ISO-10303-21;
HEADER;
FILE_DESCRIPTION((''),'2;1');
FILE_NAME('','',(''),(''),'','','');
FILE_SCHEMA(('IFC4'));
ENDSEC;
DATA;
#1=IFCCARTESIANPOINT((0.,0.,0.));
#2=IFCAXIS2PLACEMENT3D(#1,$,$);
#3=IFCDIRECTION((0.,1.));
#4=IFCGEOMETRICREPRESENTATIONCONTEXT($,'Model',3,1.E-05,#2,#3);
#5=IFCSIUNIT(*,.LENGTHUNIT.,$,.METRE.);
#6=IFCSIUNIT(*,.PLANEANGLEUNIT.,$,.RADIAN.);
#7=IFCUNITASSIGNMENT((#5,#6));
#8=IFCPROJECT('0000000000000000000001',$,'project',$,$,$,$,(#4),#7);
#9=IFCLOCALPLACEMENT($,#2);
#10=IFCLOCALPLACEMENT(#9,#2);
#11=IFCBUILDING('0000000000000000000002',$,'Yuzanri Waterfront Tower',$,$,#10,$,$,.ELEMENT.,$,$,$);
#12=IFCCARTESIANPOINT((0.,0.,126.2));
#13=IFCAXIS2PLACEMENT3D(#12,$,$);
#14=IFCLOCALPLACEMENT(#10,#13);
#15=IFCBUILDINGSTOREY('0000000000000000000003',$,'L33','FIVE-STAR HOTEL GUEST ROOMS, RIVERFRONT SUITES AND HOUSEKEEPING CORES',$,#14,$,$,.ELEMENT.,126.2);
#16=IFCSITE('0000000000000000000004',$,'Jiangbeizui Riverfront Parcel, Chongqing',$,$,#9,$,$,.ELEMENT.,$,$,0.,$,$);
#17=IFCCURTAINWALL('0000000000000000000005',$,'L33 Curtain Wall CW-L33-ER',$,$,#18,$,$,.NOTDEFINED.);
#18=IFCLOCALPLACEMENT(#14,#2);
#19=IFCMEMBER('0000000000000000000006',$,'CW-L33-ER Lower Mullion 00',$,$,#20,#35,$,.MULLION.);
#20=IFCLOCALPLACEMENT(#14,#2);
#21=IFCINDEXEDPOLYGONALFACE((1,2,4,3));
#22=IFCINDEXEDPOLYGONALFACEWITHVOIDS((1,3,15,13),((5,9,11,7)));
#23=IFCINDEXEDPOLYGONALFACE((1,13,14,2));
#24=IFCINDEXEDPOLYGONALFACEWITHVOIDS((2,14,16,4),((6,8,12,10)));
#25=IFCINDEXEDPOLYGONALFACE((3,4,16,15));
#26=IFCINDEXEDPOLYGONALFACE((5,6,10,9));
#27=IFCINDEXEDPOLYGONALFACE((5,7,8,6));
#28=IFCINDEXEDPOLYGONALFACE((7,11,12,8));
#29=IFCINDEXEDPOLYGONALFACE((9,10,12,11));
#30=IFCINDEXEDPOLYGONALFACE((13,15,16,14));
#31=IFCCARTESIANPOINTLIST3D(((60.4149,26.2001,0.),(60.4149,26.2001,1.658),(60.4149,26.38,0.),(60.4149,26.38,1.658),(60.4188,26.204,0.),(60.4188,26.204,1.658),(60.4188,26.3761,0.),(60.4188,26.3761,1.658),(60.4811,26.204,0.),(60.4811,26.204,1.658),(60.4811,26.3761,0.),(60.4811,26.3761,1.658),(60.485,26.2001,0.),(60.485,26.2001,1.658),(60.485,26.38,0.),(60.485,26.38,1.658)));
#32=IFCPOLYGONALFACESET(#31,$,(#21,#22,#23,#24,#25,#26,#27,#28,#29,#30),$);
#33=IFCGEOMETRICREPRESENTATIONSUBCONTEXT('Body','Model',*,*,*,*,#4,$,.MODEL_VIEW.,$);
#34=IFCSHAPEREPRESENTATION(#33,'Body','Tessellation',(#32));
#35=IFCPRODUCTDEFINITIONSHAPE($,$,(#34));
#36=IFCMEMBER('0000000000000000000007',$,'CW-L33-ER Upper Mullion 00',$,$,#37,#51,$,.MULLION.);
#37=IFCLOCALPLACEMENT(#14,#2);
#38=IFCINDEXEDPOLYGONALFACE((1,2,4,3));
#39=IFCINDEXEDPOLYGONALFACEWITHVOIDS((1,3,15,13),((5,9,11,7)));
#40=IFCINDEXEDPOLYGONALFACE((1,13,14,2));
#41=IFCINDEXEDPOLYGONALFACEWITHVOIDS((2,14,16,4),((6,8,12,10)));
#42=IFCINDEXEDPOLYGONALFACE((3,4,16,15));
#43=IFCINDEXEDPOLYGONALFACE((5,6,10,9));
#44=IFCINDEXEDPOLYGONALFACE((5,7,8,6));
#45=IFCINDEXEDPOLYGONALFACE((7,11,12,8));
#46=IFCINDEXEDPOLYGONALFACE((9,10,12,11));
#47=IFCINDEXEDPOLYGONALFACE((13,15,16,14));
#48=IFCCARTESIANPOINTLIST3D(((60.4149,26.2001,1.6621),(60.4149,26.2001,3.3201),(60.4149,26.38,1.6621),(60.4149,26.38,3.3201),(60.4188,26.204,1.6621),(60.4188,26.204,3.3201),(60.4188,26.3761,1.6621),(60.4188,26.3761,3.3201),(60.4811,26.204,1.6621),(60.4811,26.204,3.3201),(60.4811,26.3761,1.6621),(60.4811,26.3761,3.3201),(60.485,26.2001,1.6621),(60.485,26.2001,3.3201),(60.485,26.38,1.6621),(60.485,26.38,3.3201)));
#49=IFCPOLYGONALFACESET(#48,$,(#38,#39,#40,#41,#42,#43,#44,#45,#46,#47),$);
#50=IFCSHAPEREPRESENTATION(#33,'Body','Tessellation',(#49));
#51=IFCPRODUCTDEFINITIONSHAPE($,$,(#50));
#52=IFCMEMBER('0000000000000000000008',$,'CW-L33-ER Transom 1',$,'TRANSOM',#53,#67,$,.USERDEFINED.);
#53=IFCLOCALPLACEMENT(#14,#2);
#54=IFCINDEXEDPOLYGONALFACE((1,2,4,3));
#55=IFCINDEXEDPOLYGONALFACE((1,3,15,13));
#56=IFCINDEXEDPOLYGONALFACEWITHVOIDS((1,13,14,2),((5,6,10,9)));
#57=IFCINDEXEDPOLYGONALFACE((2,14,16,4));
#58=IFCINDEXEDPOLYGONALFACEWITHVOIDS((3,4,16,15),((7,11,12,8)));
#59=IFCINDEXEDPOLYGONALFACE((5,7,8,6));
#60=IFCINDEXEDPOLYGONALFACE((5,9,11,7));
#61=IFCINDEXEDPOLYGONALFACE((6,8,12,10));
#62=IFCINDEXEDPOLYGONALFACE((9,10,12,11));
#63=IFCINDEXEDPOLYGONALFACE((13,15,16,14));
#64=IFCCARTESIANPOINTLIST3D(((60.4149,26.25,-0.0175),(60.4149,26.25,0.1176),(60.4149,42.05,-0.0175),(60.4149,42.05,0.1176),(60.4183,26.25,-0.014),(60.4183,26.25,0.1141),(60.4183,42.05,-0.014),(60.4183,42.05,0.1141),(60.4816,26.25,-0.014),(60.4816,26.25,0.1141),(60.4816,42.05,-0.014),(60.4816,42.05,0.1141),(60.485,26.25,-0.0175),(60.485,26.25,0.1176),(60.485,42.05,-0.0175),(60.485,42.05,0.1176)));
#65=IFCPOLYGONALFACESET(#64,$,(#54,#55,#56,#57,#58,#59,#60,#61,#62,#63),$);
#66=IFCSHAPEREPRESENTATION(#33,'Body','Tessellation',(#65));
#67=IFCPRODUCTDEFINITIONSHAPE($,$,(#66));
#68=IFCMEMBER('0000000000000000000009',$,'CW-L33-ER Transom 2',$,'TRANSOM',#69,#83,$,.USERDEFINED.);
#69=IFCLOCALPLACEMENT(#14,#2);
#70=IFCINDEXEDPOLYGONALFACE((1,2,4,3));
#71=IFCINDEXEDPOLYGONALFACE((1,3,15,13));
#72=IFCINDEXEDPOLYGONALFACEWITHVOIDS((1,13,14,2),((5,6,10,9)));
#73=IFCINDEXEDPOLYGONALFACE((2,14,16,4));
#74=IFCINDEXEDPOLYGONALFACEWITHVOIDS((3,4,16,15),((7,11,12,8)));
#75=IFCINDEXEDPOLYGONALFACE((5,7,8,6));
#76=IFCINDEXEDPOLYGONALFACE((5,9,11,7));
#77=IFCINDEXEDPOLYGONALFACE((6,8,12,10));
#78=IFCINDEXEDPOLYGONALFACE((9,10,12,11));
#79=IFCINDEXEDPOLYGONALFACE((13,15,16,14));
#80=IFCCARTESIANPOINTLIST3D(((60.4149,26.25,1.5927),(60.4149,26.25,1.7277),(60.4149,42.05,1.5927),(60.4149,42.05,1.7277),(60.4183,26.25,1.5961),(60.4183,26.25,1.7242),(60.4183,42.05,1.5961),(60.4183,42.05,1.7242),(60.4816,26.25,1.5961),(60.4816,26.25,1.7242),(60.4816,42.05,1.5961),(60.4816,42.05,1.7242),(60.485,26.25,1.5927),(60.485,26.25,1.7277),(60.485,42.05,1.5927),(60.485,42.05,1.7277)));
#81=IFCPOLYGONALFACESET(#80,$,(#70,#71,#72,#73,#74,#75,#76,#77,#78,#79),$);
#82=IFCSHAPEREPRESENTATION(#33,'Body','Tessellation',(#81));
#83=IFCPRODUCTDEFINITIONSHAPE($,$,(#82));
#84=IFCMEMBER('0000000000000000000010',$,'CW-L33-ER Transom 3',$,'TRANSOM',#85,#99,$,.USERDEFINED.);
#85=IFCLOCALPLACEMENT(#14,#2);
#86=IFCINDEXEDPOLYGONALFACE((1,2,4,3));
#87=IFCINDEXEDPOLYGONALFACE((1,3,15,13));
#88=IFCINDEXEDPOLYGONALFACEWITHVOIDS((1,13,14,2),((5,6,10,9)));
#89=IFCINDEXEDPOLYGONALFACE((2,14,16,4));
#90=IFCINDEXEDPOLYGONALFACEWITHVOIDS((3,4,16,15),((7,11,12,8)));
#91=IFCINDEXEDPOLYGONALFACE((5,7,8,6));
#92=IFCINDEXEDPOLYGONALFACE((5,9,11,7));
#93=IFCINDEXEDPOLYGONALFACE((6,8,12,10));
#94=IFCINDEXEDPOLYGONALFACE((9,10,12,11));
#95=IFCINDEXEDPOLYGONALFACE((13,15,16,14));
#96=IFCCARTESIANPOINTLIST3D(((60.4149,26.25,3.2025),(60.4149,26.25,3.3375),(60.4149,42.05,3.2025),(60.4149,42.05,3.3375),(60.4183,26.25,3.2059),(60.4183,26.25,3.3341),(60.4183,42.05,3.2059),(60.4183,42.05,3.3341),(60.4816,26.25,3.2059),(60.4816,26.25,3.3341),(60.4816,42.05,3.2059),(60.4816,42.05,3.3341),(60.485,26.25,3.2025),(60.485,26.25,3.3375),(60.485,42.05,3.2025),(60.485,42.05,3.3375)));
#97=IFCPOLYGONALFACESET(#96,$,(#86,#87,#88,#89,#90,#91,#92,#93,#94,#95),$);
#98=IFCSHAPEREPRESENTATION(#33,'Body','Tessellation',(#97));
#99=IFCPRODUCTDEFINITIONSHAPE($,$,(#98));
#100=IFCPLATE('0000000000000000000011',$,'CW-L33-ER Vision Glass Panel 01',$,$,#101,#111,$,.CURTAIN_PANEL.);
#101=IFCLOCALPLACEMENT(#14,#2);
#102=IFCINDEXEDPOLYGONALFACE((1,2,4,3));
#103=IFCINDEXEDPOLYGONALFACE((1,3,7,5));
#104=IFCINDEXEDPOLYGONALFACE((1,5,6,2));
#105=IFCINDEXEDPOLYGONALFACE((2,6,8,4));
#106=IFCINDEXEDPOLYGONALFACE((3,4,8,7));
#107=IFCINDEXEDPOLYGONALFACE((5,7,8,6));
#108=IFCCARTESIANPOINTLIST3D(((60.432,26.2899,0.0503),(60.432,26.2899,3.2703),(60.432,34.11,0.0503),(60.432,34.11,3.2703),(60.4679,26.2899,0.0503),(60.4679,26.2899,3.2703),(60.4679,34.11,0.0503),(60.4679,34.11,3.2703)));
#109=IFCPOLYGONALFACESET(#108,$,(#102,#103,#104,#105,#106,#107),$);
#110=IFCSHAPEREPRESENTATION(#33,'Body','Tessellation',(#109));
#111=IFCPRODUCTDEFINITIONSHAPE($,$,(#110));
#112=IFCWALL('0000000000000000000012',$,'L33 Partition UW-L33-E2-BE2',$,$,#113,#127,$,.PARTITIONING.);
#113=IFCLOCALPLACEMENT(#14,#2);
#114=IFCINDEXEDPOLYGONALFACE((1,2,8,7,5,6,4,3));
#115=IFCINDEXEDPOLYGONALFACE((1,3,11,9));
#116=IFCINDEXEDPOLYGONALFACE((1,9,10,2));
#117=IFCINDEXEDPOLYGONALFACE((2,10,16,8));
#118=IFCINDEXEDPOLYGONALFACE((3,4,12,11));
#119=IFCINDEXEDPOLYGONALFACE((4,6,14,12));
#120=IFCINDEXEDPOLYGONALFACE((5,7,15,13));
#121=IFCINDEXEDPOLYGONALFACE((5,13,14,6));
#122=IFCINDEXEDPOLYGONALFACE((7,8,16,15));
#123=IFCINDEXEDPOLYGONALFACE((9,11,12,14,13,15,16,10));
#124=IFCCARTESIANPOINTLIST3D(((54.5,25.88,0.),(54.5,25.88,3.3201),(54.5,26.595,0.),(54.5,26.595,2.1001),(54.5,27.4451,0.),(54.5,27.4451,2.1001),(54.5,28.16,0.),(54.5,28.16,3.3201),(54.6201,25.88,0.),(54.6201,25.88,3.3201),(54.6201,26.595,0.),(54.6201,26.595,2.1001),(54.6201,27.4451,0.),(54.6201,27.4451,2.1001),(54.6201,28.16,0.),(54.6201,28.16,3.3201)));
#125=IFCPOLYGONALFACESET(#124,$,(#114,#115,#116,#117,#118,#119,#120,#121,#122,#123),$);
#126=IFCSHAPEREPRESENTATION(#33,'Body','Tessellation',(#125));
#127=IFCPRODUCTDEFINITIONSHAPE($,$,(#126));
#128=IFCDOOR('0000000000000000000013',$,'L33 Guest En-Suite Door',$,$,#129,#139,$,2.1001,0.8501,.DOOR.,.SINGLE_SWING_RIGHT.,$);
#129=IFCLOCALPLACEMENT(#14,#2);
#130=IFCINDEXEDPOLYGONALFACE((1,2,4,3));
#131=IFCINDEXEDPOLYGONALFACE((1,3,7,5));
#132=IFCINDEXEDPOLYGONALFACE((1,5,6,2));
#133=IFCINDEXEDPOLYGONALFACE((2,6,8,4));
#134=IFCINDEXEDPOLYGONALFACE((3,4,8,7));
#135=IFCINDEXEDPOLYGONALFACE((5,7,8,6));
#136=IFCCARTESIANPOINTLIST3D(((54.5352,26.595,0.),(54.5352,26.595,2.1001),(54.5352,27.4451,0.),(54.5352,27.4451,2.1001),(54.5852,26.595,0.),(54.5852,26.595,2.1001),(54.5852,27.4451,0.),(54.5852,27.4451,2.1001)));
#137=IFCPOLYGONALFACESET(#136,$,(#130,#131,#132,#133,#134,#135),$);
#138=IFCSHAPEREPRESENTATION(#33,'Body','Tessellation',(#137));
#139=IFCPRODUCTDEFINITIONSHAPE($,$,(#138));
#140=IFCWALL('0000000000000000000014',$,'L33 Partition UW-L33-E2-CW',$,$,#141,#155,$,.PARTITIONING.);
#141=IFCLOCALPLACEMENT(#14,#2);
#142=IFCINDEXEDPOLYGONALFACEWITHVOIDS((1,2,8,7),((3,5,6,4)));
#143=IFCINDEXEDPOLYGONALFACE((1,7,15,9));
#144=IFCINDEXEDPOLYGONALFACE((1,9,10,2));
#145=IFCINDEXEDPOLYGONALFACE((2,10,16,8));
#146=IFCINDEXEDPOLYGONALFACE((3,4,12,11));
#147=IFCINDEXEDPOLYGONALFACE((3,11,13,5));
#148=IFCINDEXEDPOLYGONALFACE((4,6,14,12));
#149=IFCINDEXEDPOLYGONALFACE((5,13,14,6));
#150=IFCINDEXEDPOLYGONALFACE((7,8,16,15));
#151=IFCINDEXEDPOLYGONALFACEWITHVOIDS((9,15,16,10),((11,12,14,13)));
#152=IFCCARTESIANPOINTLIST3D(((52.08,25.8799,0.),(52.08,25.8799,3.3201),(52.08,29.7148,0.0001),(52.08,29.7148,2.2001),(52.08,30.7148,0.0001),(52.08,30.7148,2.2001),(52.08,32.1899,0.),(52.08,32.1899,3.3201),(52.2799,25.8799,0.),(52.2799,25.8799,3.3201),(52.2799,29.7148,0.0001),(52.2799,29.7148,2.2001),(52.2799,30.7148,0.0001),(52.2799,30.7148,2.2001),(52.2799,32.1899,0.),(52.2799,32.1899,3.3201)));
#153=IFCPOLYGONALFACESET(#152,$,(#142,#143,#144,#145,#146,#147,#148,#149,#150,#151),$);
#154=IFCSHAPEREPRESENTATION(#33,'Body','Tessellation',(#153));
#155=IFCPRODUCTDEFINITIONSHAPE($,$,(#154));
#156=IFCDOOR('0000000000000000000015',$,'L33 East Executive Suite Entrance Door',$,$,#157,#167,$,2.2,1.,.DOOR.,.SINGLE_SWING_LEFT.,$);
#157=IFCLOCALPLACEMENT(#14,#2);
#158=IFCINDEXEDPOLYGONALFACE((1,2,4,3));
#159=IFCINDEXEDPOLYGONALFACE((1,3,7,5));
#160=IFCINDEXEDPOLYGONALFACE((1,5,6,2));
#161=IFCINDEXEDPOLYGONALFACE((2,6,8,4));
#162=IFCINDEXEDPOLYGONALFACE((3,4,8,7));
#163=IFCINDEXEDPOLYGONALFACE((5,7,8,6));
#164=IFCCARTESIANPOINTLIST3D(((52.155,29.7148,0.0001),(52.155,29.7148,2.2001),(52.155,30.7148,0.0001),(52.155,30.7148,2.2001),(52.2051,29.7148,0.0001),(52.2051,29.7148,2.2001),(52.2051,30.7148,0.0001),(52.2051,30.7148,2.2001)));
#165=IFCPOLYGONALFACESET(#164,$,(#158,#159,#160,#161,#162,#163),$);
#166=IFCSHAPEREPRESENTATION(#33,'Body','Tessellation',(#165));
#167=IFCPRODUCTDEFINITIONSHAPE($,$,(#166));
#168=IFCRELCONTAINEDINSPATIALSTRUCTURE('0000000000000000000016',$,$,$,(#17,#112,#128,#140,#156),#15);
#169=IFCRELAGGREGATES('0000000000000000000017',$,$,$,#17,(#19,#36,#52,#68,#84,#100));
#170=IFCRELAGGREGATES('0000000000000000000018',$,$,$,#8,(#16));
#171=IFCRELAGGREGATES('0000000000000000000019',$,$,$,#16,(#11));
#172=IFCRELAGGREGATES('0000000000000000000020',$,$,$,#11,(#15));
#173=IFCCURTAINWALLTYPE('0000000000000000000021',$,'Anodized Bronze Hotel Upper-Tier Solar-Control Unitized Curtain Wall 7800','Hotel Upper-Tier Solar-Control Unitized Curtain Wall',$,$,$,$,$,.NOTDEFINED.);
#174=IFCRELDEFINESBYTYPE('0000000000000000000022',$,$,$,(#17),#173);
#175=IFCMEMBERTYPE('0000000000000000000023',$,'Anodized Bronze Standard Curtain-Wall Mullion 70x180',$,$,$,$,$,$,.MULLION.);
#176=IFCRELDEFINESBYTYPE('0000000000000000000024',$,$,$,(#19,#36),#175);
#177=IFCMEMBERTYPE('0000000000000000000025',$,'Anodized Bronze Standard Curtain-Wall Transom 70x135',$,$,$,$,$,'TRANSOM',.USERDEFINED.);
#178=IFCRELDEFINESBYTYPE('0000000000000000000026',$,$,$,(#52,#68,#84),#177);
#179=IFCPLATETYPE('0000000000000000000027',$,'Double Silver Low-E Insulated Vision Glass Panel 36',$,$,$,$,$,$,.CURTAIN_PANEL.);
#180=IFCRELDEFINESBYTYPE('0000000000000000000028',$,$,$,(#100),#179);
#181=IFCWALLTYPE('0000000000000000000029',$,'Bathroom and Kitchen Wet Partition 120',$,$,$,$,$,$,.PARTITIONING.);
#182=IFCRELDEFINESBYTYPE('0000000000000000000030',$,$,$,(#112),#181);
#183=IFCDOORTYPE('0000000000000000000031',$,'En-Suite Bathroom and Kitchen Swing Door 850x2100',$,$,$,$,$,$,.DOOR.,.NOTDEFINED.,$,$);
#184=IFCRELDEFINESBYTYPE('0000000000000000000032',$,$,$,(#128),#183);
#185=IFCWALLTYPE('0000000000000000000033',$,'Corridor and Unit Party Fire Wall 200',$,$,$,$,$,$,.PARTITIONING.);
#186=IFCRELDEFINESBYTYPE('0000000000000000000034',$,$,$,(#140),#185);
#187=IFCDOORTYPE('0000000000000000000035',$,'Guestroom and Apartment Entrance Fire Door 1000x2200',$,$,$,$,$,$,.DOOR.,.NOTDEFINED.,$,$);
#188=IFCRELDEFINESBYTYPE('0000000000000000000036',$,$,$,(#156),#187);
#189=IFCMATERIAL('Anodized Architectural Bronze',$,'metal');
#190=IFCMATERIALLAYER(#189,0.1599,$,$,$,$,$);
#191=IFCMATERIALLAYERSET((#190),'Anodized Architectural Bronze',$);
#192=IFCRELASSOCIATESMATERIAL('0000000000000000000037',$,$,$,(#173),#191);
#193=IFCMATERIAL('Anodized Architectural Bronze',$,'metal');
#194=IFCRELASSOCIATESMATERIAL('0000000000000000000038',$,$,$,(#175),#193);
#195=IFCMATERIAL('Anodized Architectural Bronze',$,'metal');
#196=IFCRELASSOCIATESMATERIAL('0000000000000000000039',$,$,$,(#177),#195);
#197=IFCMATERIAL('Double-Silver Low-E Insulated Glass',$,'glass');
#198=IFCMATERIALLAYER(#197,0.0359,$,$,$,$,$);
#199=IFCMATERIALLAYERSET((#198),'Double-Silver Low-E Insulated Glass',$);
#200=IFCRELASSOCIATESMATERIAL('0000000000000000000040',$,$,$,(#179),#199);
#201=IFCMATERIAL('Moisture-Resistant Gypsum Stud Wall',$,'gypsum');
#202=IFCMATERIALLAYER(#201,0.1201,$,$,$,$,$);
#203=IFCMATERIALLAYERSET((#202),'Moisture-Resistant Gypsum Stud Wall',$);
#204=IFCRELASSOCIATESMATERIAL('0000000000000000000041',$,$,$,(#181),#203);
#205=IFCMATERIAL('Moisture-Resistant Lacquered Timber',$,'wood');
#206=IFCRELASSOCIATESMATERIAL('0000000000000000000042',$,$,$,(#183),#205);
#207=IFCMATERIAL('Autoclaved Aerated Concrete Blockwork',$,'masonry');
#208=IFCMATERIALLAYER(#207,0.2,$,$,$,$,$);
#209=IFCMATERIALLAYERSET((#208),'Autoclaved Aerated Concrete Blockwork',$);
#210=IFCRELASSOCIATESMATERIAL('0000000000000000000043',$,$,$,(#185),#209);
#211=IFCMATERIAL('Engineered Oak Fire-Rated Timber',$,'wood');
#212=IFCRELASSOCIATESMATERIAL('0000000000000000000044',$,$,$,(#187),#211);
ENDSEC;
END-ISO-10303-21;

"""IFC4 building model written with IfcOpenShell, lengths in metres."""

from ifc_helpers import new_model, si_unit, direction, frame, frame_2d, origin, origin_2d, place, context, subcontext, project, spatial, rectangle, hollow_rectangle, extrude, source, transform, mapped, material, layer, layer_set, material_profile, profile_set, type_object, element, fill, aggregate, save


model = new_model("IFC4")

# Units and contexts
model_context = context("Model", 3, precision=1e-05, world=origin(), true_north=direction((0.0, 1.0)))
body_context = subcontext(model_context, "Body", "Model", "MODEL_VIEW")
ifc_project = project(units=[si_unit("LENGTHUNIT", "METRE"), si_unit("PLANEANGLEUNIT", "RADIAN")], contexts=[model_context])

# Site, building, storey
site_placement = place(None, origin())
site = spatial("IfcSite", under=ifc_project, at=site_placement, Name="Jiangbeizui Riverfront Parcel, Chongqing", CompositionType="ELEMENT", RefElevation=0.0)
building_placement = place(site_placement, origin())
building = spatial("IfcBuilding", under=site, at=building_placement, Name="Yuzanri Waterfront Tower", CompositionType="ELEMENT")
storey_placement = place(building_placement, frame((0.0, 0.0, 126.2)))
storey = spatial("IfcBuildingStorey", under=building, at=storey_placement, Name="L33", Description="FIVE-STAR HOTEL GUEST ROOMS, RIVERFRONT SUITES AND HOUSEKEEPING CORES", CompositionType="ELEMENT", Elevation=126.2)

# Curtain wall, members, plate
ifc_material_1 = material(Name="Anodized Architectural Bronze", Category="metal")
ifc_layer_1 = layer(ifc_material_1, 0.1599)
ifc_layer_set_1 = layer_set([ifc_layer_1], Name="Anodized Architectural Bronze")
curtain_wall_type = type_object("IfcCurtainWallType", Name="Anodized Bronze Hotel Upper-Tier Solar-Control Unitized Curtain Wall 7800", Description="Hotel Upper-Tier Solar-Control Unitized Curtain Wall", PredefinedType="NOTDEFINED", material=ifc_layer_set_1)
curtain_wall_placement = place(storey_placement, origin())
curtain_wall = element("IfcCurtainWall", 1, at=curtain_wall_placement, inside=storey, type_object=curtain_wall_type, Name="L33 Curtain Wall CW-L33-ER", PredefinedType="NOTDEFINED")
ifc_material_2 = material(Name="Anodized Architectural Bronze", Category="metal")
ifc_material_profile_1 = material_profile(ifc_material_2, hollow_rectangle(XDim=0.0701, YDim=0.1799, WallThickness=0.0039, at=origin_2d()), Name="CWM 70x180")
ifc_profile_set_1 = profile_set([ifc_material_profile_1], Name="Anodized Architectural Bronze")
member_type_1 = type_object("IfcMemberType", Name="Anodized Bronze Standard Curtain-Wall Mullion 70x180", PredefinedType="MULLION", material=ifc_profile_set_1)
shared_shape_1 = source(origin(), body_context, "Body", "SweptSolid", [
    extrude(hollow_rectangle(XDim=0.0701, YDim=0.1799, WallThickness=0.0039, at=origin_2d()), origin(), (0.0, 0.0, 1.0), 1.658),
])
member_1_placement = place(storey_placement, frame((60.45, 26.29, 0.0), z_axis=(0.0, 0.0, 1.0), x_axis=(1.0, 0.0, 0.0)))
member_1 = element("IfcMember", 2, at=member_1_placement, type_object=member_type_1, Name="CW-L33-ER Lower Mullion 00", PredefinedType="MULLION", context=body_context, shape_type="MappedRepresentation", body=[
    mapped(shared_shape_1, transform((0.0, 0.0, 0.0), scale=1.0)),
])
member_2_placement = place(storey_placement, frame((60.45, 26.29, 1.6621), z_axis=(0.0, 0.0, 1.0), x_axis=(1.0, 0.0, 0.0)))
member_2 = element("IfcMember", 3, at=member_2_placement, type_object=member_type_1, Name="CW-L33-ER Upper Mullion 00", PredefinedType="MULLION", context=body_context, shape_type="MappedRepresentation", body=[
    mapped(shared_shape_1, transform((0.0, 0.0, 0.0), scale=1.0)),
])
ifc_material_3 = material(Name="Anodized Architectural Bronze", Category="metal")
ifc_material_profile_2 = material_profile(ifc_material_3, hollow_rectangle(XDim=0.0701, YDim=0.135, WallThickness=0.0034, at=origin_2d()), Name="CWT 70x135")
ifc_profile_set_2 = profile_set([ifc_material_profile_2], Name="Anodized Architectural Bronze")
member_type_2 = type_object("IfcMemberType", Name="Anodized Bronze Standard Curtain-Wall Transom 70x135", ElementType="TRANSOM", PredefinedType="USERDEFINED", material=ifc_profile_set_2)
shared_shape_2 = source(origin(), body_context, "Body", "SweptSolid", [
    extrude(hollow_rectangle(XDim=0.0701, YDim=0.135, WallThickness=0.0034, at=origin_2d()), origin(), (0.0, 0.0, 1.0), 15.8),
])
member_3_placement = place(storey_placement, frame((60.45, 26.25, 0.05), z_axis=(0.0, 1.0, 0.0), x_axis=(-1.0, 0.0, 0.0)))
member_3 = element("IfcMember", 4, at=member_3_placement, type_object=member_type_2, Name="CW-L33-ER Transom 1", ObjectType="TRANSOM", PredefinedType="USERDEFINED", context=body_context, shape_type="MappedRepresentation", body=[
    mapped(shared_shape_2, transform((0.0, 0.0, 0.0), scale=1.0)),
])
member_4_placement = place(storey_placement, frame((60.45, 26.25, 1.6602), z_axis=(0.0, 1.0, 0.0), x_axis=(-1.0, 0.0, 0.0)))
member_4 = element("IfcMember", 5, at=member_4_placement, type_object=member_type_2, Name="CW-L33-ER Transom 2", ObjectType="TRANSOM", PredefinedType="USERDEFINED", context=body_context, shape_type="MappedRepresentation", body=[
    mapped(shared_shape_2, transform((0.0, 0.0, 0.0), scale=1.0)),
])
member_5_placement = place(storey_placement, frame((60.45, 26.25, 3.27), z_axis=(0.0, 1.0, 0.0), x_axis=(-1.0, 0.0, 0.0)))
member_5 = element("IfcMember", 6, at=member_5_placement, type_object=member_type_2, Name="CW-L33-ER Transom 3", ObjectType="TRANSOM", PredefinedType="USERDEFINED", context=body_context, shape_type="MappedRepresentation", body=[
    mapped(shared_shape_2, transform((0.0, 0.0, 0.0), scale=1.0)),
])
ifc_material_4 = material(Name="Double-Silver Low-E Insulated Glass", Category="glass")
ifc_layer_2 = layer(ifc_material_4, 0.0359)
ifc_layer_set_2 = layer_set([ifc_layer_2], Name="Double-Silver Low-E Insulated Glass")
plate_type = type_object("IfcPlateType", Name="Double Silver Low-E Insulated Vision Glass Panel 36", PredefinedType="CURTAIN_PANEL", material=ifc_layer_set_2)
shared_shape_3 = source(origin(), body_context, "Body", "SweptSolid", [
    extrude(rectangle(XDim=7.8201, YDim=0.0359, at=origin_2d()), origin(), (0.0, 0.0, 1.0), 3.22),
])
plate_placement = place(storey_placement, frame((60.45, 30.2, 0.0503), z_axis=(0.0, 0.0, 1.0), x_axis=(0.0, 1.0, 0.0)))
plate = element("IfcPlate", 7, at=plate_placement, type_object=plate_type, Name="CW-L33-ER Vision Glass Panel 01", PredefinedType="CURTAIN_PANEL", context=body_context, shape_type="MappedRepresentation", body=[
    mapped(shared_shape_3, transform((0.0, 0.0, 0.0), scale=1.0)),
])
aggregate(curtain_wall, [member_1, member_2, member_3, member_4, member_5, plate])

# Walls, openings, doors
ifc_material_5 = material(Name="Moisture-Resistant Gypsum Stud Wall", Category="gypsum")
ifc_layer_3 = layer(ifc_material_5, 0.1201)
ifc_layer_set_3 = layer_set([ifc_layer_3], Name="Moisture-Resistant Gypsum Stud Wall")
wall_type_1 = type_object("IfcWallType", Name="Bathroom and Kitchen Wet Partition 120", PredefinedType="PARTITIONING", material=ifc_layer_set_3)
wall_1_placement = place(storey_placement, frame((54.5601, 25.8799, 0.0), z_axis=(0.0, 0.0, 1.0), x_axis=(0.0, 1.0, 0.0)))
wall_1 = element("IfcWall", 8, at=wall_1_placement, inside=storey, type_object=wall_type_1, Name="L33 Partition UW-L33-E2-BE2", PredefinedType="PARTITIONING", context=body_context, shape_type="SweptSolid", body=[
    extrude(rectangle(XDim=2.28, YDim=0.1201, at=frame_2d((1.1401, 0.0))), origin(), (0.0, 0.0, 1.0), 3.3201),
])
opening_1_placement = place(wall_1_placement, frame((0.7151, 0.0, 0.0)))
opening_1 = element("IfcOpeningElement", 9, at=opening_1_placement, cuts=wall_1, PredefinedType="OPENING", context=body_context, shape_type="SweptSolid", body=[
    extrude(rectangle(XDim=0.8501, YDim=2.1001, at=frame_2d((0.425, 1.05))), frame((0.0, 0.075, 0.0), z_axis=(0.0, -1.0, 0.0), x_axis=(1.0, 0.0, 0.0)), (0.0, 0.0, 1.0), 0.1499),
])
ifc_material_6 = material(Name="Moisture-Resistant Lacquered Timber", Category="wood")
door_type_1 = type_object("IfcDoorType", Name="En-Suite Bathroom and Kitchen Swing Door 850x2100", OperationType="NOTDEFINED", PredefinedType="DOOR", material=ifc_material_6)
shared_shape_4 = source(origin(), body_context, "Body", "SweptSolid", [
    extrude(rectangle(XDim=0.8501, YDim=2.1001, at=frame_2d((0.425, 1.05))), frame((0.0, 0.0249, 0.0), z_axis=(0.0, -1.0, 0.0), x_axis=(1.0, 0.0, 0.0)), (0.0, 0.0, 1.0), 0.05),
])
door_1_placement = place(opening_1_placement, origin())
door_1 = element("IfcDoor", 10, at=door_1_placement, inside=storey, type_object=door_type_1, Name="L33 Guest En-Suite Door", OperationType="SINGLE_SWING_RIGHT", OverallHeight=2.1001, OverallWidth=0.8501, PredefinedType="DOOR", context=body_context, shape_type="MappedRepresentation", body=[
    mapped(shared_shape_4, transform((0.0, 0.0, 0.0), scale=1.0)),
])
fill(opening_1, door_1)
ifc_material_7 = material(Name="Autoclaved Aerated Concrete Blockwork", Category="masonry")
ifc_layer_4 = layer(ifc_material_7, 0.2)
ifc_layer_set_4 = layer_set([ifc_layer_4], Name="Autoclaved Aerated Concrete Blockwork")
wall_type_2 = type_object("IfcWallType", Name="Corridor and Unit Party Fire Wall 200", PredefinedType="PARTITIONING", material=ifc_layer_set_4)
wall_2_placement = place(storey_placement, frame((52.1799, 25.8799, 0.0), z_axis=(0.0, 0.0, 1.0), x_axis=(0.0, 1.0, 0.0)))
wall_2 = element("IfcWall", 11, at=wall_2_placement, inside=storey, type_object=wall_type_2, Name="L33 Partition UW-L33-E2-CW", PredefinedType="PARTITIONING", context=body_context, shape_type="SweptSolid", body=[
    extrude(rectangle(XDim=6.3101, YDim=0.2, at=frame_2d((3.155, 0.0))), origin(), (0.0, 0.0, 1.0), 3.3201),
])
opening_2_placement = place(wall_2_placement, frame((3.835, 0.0, 0.0)))
opening_2 = element("IfcOpeningElement", 12, at=opening_2_placement, cuts=wall_2, PredefinedType="OPENING", context=body_context, shape_type="SweptSolid", body=[
    extrude(rectangle(XDim=1.0, YDim=2.2, at=frame_2d((0.5, 1.1001))), frame((0.0, 0.1147, 0.0), z_axis=(0.0, -1.0, 0.0), x_axis=(1.0, 0.0, 0.0)), (0.0, 0.0, 1.0), 0.2297),
])
ifc_material_8 = material(Name="Engineered Oak Fire-Rated Timber", Category="wood")
door_type_2 = type_object("IfcDoorType", Name="Guestroom and Apartment Entrance Fire Door 1000x2200", OperationType="NOTDEFINED", PredefinedType="DOOR", material=ifc_material_8)
shared_shape_5 = source(origin(), body_context, "Body", "SweptSolid", [
    extrude(rectangle(XDim=1.0, YDim=2.2, at=frame_2d((0.5, 1.1001))), frame((0.0, 0.0249, 0.0), z_axis=(0.0, -1.0, 0.0), x_axis=(1.0, 0.0, 0.0)), (0.0, 0.0, 1.0), 0.05),
])
door_2_placement = place(opening_2_placement, origin())
door_2 = element("IfcDoor", 13, at=door_2_placement, inside=storey, type_object=door_type_2, Name="L33 East Executive Suite Entrance Door", OperationType="SINGLE_SWING_LEFT", OverallHeight=2.2, OverallWidth=1.0, PredefinedType="DOOR", context=body_context, shape_type="MappedRepresentation", body=[
    mapped(shared_shape_5, transform((0.0, 0.0, 0.0), scale=1.0)),
])
fill(opening_2, door_2)

save(model, "model.ifc")
